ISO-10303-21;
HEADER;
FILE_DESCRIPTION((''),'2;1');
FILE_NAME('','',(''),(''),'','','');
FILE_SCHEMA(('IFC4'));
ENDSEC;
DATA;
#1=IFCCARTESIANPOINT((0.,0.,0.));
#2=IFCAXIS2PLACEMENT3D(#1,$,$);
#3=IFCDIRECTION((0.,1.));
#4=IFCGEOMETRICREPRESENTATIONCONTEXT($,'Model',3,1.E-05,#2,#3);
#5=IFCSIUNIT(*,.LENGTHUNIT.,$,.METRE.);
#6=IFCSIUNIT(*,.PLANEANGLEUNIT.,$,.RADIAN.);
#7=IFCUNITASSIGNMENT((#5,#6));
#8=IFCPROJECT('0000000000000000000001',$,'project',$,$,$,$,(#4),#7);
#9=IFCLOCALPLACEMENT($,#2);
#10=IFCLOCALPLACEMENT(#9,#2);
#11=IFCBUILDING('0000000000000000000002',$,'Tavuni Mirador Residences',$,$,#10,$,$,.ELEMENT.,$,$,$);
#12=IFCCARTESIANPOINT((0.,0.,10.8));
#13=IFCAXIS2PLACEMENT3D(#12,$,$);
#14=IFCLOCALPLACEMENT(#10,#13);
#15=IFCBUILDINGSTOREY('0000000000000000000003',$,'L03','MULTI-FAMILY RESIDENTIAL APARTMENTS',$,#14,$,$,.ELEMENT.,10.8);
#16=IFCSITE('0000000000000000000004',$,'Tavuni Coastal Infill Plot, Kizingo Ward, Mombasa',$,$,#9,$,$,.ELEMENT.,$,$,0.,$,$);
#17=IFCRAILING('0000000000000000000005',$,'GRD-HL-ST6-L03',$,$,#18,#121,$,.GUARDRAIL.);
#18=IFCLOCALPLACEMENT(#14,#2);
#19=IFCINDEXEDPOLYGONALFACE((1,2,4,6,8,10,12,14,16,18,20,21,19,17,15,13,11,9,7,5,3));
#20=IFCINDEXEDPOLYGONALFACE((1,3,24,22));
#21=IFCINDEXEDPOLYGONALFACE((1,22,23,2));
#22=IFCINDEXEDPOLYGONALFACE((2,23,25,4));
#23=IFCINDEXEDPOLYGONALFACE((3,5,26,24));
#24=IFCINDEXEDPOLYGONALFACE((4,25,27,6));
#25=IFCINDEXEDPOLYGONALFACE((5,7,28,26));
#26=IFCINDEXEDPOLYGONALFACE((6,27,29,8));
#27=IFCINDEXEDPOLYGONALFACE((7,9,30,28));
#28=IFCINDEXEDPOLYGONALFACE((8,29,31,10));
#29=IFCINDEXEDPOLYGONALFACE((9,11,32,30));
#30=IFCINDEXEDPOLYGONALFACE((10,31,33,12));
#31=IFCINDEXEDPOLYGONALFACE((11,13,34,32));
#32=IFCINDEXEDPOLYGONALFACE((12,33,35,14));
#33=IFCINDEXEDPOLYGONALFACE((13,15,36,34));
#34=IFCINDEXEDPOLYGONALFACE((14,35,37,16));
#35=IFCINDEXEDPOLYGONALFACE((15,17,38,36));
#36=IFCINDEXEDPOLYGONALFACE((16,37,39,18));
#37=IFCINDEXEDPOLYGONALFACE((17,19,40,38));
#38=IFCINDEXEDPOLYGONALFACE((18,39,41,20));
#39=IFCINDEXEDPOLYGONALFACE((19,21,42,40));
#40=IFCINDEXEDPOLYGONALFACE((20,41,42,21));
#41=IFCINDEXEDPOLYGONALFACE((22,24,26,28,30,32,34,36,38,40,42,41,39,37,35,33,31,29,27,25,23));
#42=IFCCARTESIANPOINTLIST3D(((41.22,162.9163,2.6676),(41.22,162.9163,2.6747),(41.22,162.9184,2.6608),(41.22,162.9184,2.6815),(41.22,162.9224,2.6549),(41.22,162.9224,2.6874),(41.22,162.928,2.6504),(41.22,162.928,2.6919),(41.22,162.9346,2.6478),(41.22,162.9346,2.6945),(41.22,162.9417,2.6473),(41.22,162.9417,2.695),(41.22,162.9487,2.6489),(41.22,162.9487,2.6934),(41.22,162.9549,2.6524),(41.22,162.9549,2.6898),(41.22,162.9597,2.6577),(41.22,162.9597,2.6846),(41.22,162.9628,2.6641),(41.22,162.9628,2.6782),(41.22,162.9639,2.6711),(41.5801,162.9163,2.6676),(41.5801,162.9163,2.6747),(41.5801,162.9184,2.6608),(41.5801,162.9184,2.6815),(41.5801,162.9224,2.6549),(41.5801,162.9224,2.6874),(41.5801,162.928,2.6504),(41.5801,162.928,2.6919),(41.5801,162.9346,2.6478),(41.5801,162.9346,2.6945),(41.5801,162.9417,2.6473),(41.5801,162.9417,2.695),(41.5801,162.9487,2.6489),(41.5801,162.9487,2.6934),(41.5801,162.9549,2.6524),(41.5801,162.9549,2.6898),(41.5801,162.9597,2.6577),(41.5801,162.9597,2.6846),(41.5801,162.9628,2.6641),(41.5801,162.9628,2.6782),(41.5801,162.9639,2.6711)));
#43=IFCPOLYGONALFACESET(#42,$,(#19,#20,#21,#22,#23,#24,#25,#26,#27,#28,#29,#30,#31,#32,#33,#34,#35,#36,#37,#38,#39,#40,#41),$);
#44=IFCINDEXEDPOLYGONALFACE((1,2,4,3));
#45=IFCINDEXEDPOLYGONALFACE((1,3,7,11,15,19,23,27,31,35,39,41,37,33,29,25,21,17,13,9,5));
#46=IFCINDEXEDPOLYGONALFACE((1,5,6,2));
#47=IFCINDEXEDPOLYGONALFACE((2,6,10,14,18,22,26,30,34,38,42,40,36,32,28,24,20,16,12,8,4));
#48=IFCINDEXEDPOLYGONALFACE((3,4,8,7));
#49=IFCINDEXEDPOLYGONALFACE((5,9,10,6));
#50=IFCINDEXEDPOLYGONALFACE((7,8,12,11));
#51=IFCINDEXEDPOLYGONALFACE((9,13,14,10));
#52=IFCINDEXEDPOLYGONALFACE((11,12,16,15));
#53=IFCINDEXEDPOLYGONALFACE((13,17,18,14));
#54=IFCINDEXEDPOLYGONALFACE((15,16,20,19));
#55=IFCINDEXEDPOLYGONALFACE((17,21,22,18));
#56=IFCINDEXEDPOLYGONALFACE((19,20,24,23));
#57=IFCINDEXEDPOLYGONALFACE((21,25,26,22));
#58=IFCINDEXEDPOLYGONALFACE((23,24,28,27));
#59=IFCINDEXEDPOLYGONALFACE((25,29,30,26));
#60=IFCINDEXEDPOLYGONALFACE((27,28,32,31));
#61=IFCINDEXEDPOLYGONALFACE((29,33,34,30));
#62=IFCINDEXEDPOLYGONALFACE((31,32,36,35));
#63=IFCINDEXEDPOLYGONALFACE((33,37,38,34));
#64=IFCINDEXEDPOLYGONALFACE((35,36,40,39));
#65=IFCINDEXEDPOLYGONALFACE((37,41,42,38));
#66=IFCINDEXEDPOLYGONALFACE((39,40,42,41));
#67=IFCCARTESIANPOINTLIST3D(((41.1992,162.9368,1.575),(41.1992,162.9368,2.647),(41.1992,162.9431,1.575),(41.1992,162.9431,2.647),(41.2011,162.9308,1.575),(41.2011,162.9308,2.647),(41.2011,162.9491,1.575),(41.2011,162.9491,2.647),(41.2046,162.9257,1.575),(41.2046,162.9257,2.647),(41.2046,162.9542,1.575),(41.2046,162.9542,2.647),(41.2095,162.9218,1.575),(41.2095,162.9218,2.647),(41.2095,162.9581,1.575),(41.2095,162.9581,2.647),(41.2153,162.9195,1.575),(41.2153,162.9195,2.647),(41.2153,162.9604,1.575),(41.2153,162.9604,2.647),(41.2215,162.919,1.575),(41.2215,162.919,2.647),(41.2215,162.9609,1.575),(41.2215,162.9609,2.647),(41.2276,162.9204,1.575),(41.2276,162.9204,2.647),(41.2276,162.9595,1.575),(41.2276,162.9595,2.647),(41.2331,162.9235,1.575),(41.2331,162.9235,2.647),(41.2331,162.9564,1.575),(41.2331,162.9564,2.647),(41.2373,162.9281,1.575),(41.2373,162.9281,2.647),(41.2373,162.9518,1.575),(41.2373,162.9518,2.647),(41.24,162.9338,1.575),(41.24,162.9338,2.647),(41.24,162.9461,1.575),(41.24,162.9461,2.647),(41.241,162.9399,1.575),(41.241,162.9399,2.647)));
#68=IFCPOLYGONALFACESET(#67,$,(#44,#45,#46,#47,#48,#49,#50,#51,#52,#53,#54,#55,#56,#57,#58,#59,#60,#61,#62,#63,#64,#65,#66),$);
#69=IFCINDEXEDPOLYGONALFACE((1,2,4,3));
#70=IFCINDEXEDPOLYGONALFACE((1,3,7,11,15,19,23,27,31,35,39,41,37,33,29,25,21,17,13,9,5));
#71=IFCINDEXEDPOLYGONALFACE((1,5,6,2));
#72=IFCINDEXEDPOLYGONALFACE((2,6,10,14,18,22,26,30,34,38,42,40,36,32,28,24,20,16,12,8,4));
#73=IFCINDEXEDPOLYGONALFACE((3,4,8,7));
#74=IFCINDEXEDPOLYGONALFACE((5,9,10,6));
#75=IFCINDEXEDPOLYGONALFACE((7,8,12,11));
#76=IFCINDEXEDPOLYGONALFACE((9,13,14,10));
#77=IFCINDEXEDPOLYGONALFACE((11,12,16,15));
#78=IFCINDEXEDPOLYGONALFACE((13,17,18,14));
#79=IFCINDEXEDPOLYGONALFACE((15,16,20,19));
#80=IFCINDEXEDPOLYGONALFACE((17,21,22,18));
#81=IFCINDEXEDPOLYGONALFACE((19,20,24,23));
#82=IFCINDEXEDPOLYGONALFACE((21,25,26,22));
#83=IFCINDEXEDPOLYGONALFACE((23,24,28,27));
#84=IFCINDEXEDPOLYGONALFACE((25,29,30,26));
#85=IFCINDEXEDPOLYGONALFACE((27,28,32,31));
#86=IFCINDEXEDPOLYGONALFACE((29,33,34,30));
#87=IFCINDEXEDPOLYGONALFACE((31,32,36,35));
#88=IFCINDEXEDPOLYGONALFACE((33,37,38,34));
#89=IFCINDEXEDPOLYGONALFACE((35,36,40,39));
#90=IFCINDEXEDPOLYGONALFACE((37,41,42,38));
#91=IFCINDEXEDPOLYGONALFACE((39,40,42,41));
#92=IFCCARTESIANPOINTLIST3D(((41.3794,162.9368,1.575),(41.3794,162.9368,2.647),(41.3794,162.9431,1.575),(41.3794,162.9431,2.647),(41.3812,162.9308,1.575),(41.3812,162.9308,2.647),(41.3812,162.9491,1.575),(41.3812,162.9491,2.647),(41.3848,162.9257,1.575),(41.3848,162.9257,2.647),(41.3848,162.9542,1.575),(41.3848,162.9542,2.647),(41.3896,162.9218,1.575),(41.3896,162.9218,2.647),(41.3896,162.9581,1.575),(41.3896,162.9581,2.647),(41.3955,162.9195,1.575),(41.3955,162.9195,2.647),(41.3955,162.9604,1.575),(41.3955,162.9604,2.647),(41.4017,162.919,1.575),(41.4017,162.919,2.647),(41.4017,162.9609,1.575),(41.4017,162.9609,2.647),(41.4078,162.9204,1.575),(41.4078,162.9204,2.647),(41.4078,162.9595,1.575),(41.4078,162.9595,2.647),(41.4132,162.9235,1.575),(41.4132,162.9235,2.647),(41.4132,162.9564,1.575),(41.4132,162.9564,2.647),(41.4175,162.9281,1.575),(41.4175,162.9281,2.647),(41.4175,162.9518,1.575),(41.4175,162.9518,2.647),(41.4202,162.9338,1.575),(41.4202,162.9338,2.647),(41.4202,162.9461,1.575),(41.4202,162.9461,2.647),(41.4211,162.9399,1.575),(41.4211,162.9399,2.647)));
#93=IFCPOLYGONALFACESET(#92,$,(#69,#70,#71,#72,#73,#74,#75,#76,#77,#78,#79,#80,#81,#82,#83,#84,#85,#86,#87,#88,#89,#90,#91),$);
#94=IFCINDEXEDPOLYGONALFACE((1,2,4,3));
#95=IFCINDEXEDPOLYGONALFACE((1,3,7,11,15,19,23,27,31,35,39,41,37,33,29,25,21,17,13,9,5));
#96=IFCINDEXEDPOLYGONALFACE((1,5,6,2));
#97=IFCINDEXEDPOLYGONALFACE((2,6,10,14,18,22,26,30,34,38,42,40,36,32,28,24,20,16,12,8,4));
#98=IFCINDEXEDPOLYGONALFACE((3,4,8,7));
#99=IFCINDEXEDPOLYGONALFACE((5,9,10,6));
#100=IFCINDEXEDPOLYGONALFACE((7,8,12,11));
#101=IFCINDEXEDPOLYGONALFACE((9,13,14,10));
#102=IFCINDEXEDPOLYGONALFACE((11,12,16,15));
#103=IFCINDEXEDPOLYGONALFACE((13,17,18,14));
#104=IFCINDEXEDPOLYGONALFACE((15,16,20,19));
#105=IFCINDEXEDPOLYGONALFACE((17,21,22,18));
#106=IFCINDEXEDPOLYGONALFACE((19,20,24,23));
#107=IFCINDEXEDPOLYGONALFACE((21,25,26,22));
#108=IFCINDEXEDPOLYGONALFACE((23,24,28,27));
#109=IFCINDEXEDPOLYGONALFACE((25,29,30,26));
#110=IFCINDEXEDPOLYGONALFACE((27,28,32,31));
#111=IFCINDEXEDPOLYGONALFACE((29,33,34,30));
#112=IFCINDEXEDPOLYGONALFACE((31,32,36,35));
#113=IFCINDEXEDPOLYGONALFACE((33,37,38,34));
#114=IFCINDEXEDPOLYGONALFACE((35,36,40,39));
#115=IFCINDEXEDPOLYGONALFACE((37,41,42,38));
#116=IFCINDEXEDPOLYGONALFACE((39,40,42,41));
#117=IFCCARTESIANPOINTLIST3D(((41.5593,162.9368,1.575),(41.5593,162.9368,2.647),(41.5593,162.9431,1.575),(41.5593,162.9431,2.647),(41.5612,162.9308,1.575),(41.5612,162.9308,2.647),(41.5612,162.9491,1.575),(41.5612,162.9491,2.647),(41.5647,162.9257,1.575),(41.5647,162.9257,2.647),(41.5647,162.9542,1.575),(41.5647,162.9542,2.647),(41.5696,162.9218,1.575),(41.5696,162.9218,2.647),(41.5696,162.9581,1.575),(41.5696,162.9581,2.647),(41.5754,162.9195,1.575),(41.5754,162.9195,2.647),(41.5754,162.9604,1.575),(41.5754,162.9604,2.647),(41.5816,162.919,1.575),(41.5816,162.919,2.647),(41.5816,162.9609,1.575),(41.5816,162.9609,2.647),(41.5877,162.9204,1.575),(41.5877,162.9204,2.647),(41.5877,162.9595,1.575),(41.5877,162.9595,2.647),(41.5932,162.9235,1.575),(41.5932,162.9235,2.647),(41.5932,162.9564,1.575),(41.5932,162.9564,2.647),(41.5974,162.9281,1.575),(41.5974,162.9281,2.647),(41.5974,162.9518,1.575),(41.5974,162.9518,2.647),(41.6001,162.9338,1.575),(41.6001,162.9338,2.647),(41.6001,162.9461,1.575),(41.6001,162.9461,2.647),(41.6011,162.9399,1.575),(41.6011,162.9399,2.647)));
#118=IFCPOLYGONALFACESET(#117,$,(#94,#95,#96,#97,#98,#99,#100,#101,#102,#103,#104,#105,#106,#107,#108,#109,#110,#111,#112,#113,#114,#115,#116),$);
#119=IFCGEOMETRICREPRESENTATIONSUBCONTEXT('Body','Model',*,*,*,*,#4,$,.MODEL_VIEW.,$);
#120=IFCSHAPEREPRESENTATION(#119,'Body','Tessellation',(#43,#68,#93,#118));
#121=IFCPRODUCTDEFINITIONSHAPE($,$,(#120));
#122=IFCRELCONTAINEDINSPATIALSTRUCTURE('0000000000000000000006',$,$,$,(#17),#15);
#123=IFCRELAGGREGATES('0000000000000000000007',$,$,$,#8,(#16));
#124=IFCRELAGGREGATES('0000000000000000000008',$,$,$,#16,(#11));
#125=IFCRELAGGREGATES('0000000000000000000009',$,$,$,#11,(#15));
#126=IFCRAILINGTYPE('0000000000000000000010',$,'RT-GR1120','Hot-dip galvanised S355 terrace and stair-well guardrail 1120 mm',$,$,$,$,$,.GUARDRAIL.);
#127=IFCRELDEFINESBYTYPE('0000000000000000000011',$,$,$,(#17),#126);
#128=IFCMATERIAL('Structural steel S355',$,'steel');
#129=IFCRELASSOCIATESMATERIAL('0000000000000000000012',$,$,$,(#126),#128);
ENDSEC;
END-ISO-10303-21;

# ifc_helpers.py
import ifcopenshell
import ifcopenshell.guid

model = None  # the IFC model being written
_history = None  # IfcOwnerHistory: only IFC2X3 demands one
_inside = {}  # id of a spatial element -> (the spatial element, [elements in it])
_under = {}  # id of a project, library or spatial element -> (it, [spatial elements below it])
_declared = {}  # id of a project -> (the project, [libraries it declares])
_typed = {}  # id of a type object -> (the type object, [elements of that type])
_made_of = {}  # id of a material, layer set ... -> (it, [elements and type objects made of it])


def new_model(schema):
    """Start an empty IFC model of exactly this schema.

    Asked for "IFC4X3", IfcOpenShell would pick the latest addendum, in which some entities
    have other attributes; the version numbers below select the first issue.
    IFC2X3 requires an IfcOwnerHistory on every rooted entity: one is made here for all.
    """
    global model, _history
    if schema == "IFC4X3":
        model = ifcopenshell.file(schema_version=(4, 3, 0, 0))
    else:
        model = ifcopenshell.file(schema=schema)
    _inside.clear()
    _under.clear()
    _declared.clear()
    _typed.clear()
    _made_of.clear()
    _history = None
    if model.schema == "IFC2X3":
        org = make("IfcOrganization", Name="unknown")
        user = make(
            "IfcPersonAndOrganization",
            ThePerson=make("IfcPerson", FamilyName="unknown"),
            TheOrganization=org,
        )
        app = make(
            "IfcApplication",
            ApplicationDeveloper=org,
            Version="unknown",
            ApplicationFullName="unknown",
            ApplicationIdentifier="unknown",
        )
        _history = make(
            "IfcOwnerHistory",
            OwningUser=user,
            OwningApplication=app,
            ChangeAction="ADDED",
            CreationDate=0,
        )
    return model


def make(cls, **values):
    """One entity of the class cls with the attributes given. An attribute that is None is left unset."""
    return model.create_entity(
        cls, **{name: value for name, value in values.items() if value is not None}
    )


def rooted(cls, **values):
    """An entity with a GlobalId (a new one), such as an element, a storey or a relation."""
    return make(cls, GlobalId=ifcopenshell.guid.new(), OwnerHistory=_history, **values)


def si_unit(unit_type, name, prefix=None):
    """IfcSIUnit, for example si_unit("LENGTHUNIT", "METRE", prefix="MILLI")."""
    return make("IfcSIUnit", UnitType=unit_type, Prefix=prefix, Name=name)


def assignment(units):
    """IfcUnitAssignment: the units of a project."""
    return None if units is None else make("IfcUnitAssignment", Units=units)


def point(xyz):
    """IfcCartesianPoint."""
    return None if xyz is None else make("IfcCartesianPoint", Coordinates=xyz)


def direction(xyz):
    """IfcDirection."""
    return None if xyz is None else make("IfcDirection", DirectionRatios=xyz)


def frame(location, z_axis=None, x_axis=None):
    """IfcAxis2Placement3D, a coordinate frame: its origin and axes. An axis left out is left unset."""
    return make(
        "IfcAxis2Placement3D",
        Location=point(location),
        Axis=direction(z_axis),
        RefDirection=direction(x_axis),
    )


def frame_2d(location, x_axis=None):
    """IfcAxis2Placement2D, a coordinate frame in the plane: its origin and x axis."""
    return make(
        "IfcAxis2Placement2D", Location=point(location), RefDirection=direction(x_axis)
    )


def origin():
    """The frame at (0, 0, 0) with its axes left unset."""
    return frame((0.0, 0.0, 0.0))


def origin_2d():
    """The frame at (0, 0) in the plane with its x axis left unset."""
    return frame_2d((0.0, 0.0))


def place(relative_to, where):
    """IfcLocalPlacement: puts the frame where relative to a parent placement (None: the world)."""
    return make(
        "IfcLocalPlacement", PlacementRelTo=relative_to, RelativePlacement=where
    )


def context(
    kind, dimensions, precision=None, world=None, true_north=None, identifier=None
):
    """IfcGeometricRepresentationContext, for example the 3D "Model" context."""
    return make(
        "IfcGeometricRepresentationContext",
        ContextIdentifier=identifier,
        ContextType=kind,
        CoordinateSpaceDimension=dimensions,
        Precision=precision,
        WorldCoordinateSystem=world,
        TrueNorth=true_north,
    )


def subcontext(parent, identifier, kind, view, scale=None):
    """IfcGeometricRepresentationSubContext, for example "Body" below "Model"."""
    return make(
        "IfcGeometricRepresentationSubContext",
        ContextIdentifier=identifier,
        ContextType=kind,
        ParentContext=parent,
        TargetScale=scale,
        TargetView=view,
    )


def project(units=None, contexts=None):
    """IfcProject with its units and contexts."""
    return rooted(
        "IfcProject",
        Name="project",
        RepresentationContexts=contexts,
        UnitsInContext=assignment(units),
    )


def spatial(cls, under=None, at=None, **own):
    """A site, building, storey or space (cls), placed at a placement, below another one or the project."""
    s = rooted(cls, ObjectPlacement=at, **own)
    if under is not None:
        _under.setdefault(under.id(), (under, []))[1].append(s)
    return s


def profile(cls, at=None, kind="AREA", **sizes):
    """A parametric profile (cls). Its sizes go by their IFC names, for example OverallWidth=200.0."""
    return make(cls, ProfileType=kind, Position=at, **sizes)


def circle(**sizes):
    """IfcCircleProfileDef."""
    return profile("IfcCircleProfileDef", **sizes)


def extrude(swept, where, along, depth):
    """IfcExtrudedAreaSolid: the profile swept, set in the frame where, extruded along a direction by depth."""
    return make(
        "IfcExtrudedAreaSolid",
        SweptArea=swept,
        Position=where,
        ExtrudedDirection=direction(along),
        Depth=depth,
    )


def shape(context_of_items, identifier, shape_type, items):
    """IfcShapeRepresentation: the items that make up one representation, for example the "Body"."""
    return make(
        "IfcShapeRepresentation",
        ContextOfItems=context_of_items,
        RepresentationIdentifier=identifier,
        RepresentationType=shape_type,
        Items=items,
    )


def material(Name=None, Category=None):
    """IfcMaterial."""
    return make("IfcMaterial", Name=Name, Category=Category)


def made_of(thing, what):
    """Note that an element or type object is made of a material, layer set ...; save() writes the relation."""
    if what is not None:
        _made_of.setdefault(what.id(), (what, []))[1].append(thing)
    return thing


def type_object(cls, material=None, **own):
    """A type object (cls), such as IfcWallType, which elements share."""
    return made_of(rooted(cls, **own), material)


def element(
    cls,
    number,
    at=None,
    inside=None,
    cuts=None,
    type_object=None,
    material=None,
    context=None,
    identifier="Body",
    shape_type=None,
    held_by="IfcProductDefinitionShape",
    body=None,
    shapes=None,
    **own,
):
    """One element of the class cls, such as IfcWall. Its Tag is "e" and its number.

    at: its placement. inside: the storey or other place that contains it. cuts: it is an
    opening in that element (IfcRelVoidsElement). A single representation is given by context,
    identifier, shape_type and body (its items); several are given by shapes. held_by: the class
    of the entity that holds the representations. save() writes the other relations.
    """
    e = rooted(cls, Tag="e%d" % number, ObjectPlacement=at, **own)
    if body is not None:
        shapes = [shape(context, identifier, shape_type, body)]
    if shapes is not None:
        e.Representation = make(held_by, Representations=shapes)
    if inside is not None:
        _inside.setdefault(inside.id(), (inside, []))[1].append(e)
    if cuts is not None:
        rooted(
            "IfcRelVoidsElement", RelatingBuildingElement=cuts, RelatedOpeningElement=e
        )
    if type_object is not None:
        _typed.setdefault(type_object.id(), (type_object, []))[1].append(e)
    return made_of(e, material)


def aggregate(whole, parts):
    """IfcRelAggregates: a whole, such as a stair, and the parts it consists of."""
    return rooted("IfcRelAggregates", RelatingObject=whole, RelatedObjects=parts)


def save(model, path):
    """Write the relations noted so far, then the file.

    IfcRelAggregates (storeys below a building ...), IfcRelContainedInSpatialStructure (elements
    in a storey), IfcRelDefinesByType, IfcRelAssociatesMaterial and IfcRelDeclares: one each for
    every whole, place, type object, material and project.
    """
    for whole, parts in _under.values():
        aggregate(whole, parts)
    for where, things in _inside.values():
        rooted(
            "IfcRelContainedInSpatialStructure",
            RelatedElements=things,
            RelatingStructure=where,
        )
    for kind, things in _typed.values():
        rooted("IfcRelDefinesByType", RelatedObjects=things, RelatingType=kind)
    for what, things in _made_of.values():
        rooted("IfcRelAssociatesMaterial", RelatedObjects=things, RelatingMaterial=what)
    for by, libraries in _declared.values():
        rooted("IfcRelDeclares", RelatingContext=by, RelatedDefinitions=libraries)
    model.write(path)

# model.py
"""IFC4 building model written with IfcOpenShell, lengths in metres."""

from ifc_helpers import new_model, si_unit, direction, frame, origin, origin_2d, place, context, subcontext, project, spatial, circle, extrude, material, type_object, element, save


model = new_model("IFC4")

# Units and contexts
model_context = context("Model", 3, precision=1e-05, world=origin(), true_north=direction((0.0, 1.0)))
body_context = subcontext(model_context, "Body", "Model", "MODEL_VIEW")
ifc_project = project(units=[si_unit("LENGTHUNIT", "METRE"), si_unit("PLANEANGLEUNIT", "RADIAN")], contexts=[model_context])

# Site, building, storey
site_placement = place(None, origin())
site = spatial("IfcSite", under=ifc_project, at=site_placement, Name="Tavuni Coastal Infill Plot, Kizingo Ward, Mombasa", CompositionType="ELEMENT", RefElevation=0.0)
building_placement = place(site_placement, origin())
building = spatial("IfcBuilding", under=site, at=building_placement, Name="Tavuni Mirador Residences", CompositionType="ELEMENT")
storey_placement = place(building_placement, frame((0.0, 0.0, 10.8)))
storey = spatial("IfcBuildingStorey", under=building, at=storey_placement, Name="L03", Description="MULTI-FAMILY RESIDENTIAL APARTMENTS", CompositionType="ELEMENT", Elevation=10.8)

# Shared definitions
ifc_material_1 = material(Name="Structural steel S355", Category="steel")

# Railing
railing_type_1 = type_object("IfcRailingType", Name="RT-GR1120", Description="Hot-dip galvanised S355 terrace and stair-well guardrail 1120 mm", PredefinedType="GUARDRAIL", material=ifc_material_1)
railing_1_placement = place(storey_placement, frame((41.22, 162.9399, 1.575)))
element("IfcRailing", 1, at=railing_1_placement, inside=storey, type_object=railing_type_1, Name="GRD-HL-ST6-L03", PredefinedType="GUARDRAIL", context=body_context, shape_type="SweptSolid", body=[
    extrude(circle(Radius=0.0239, at=origin_2d()), frame((0.0, 0.0, 1.0962), z_axis=(1.0, 0.0, 0.0), x_axis=(0.0, 1.0, 0.0)), (0.0, 0.0, 1.0), 0.3601),
    extrude(circle(Radius=0.021, at=origin_2d()), origin(), (0.0, 0.0, 1.0), 1.072),
    extrude(circle(Radius=0.021, at=origin_2d()), frame((0.1802, 0.0, 0.0)), (0.0, 0.0, 1.0), 1.072),
    extrude(circle(Radius=0.021, at=origin_2d()), frame((0.3601, 0.0, 0.0)), (0.0, 0.0, 1.0), 1.072),
])

save(model, "model.ifc")
